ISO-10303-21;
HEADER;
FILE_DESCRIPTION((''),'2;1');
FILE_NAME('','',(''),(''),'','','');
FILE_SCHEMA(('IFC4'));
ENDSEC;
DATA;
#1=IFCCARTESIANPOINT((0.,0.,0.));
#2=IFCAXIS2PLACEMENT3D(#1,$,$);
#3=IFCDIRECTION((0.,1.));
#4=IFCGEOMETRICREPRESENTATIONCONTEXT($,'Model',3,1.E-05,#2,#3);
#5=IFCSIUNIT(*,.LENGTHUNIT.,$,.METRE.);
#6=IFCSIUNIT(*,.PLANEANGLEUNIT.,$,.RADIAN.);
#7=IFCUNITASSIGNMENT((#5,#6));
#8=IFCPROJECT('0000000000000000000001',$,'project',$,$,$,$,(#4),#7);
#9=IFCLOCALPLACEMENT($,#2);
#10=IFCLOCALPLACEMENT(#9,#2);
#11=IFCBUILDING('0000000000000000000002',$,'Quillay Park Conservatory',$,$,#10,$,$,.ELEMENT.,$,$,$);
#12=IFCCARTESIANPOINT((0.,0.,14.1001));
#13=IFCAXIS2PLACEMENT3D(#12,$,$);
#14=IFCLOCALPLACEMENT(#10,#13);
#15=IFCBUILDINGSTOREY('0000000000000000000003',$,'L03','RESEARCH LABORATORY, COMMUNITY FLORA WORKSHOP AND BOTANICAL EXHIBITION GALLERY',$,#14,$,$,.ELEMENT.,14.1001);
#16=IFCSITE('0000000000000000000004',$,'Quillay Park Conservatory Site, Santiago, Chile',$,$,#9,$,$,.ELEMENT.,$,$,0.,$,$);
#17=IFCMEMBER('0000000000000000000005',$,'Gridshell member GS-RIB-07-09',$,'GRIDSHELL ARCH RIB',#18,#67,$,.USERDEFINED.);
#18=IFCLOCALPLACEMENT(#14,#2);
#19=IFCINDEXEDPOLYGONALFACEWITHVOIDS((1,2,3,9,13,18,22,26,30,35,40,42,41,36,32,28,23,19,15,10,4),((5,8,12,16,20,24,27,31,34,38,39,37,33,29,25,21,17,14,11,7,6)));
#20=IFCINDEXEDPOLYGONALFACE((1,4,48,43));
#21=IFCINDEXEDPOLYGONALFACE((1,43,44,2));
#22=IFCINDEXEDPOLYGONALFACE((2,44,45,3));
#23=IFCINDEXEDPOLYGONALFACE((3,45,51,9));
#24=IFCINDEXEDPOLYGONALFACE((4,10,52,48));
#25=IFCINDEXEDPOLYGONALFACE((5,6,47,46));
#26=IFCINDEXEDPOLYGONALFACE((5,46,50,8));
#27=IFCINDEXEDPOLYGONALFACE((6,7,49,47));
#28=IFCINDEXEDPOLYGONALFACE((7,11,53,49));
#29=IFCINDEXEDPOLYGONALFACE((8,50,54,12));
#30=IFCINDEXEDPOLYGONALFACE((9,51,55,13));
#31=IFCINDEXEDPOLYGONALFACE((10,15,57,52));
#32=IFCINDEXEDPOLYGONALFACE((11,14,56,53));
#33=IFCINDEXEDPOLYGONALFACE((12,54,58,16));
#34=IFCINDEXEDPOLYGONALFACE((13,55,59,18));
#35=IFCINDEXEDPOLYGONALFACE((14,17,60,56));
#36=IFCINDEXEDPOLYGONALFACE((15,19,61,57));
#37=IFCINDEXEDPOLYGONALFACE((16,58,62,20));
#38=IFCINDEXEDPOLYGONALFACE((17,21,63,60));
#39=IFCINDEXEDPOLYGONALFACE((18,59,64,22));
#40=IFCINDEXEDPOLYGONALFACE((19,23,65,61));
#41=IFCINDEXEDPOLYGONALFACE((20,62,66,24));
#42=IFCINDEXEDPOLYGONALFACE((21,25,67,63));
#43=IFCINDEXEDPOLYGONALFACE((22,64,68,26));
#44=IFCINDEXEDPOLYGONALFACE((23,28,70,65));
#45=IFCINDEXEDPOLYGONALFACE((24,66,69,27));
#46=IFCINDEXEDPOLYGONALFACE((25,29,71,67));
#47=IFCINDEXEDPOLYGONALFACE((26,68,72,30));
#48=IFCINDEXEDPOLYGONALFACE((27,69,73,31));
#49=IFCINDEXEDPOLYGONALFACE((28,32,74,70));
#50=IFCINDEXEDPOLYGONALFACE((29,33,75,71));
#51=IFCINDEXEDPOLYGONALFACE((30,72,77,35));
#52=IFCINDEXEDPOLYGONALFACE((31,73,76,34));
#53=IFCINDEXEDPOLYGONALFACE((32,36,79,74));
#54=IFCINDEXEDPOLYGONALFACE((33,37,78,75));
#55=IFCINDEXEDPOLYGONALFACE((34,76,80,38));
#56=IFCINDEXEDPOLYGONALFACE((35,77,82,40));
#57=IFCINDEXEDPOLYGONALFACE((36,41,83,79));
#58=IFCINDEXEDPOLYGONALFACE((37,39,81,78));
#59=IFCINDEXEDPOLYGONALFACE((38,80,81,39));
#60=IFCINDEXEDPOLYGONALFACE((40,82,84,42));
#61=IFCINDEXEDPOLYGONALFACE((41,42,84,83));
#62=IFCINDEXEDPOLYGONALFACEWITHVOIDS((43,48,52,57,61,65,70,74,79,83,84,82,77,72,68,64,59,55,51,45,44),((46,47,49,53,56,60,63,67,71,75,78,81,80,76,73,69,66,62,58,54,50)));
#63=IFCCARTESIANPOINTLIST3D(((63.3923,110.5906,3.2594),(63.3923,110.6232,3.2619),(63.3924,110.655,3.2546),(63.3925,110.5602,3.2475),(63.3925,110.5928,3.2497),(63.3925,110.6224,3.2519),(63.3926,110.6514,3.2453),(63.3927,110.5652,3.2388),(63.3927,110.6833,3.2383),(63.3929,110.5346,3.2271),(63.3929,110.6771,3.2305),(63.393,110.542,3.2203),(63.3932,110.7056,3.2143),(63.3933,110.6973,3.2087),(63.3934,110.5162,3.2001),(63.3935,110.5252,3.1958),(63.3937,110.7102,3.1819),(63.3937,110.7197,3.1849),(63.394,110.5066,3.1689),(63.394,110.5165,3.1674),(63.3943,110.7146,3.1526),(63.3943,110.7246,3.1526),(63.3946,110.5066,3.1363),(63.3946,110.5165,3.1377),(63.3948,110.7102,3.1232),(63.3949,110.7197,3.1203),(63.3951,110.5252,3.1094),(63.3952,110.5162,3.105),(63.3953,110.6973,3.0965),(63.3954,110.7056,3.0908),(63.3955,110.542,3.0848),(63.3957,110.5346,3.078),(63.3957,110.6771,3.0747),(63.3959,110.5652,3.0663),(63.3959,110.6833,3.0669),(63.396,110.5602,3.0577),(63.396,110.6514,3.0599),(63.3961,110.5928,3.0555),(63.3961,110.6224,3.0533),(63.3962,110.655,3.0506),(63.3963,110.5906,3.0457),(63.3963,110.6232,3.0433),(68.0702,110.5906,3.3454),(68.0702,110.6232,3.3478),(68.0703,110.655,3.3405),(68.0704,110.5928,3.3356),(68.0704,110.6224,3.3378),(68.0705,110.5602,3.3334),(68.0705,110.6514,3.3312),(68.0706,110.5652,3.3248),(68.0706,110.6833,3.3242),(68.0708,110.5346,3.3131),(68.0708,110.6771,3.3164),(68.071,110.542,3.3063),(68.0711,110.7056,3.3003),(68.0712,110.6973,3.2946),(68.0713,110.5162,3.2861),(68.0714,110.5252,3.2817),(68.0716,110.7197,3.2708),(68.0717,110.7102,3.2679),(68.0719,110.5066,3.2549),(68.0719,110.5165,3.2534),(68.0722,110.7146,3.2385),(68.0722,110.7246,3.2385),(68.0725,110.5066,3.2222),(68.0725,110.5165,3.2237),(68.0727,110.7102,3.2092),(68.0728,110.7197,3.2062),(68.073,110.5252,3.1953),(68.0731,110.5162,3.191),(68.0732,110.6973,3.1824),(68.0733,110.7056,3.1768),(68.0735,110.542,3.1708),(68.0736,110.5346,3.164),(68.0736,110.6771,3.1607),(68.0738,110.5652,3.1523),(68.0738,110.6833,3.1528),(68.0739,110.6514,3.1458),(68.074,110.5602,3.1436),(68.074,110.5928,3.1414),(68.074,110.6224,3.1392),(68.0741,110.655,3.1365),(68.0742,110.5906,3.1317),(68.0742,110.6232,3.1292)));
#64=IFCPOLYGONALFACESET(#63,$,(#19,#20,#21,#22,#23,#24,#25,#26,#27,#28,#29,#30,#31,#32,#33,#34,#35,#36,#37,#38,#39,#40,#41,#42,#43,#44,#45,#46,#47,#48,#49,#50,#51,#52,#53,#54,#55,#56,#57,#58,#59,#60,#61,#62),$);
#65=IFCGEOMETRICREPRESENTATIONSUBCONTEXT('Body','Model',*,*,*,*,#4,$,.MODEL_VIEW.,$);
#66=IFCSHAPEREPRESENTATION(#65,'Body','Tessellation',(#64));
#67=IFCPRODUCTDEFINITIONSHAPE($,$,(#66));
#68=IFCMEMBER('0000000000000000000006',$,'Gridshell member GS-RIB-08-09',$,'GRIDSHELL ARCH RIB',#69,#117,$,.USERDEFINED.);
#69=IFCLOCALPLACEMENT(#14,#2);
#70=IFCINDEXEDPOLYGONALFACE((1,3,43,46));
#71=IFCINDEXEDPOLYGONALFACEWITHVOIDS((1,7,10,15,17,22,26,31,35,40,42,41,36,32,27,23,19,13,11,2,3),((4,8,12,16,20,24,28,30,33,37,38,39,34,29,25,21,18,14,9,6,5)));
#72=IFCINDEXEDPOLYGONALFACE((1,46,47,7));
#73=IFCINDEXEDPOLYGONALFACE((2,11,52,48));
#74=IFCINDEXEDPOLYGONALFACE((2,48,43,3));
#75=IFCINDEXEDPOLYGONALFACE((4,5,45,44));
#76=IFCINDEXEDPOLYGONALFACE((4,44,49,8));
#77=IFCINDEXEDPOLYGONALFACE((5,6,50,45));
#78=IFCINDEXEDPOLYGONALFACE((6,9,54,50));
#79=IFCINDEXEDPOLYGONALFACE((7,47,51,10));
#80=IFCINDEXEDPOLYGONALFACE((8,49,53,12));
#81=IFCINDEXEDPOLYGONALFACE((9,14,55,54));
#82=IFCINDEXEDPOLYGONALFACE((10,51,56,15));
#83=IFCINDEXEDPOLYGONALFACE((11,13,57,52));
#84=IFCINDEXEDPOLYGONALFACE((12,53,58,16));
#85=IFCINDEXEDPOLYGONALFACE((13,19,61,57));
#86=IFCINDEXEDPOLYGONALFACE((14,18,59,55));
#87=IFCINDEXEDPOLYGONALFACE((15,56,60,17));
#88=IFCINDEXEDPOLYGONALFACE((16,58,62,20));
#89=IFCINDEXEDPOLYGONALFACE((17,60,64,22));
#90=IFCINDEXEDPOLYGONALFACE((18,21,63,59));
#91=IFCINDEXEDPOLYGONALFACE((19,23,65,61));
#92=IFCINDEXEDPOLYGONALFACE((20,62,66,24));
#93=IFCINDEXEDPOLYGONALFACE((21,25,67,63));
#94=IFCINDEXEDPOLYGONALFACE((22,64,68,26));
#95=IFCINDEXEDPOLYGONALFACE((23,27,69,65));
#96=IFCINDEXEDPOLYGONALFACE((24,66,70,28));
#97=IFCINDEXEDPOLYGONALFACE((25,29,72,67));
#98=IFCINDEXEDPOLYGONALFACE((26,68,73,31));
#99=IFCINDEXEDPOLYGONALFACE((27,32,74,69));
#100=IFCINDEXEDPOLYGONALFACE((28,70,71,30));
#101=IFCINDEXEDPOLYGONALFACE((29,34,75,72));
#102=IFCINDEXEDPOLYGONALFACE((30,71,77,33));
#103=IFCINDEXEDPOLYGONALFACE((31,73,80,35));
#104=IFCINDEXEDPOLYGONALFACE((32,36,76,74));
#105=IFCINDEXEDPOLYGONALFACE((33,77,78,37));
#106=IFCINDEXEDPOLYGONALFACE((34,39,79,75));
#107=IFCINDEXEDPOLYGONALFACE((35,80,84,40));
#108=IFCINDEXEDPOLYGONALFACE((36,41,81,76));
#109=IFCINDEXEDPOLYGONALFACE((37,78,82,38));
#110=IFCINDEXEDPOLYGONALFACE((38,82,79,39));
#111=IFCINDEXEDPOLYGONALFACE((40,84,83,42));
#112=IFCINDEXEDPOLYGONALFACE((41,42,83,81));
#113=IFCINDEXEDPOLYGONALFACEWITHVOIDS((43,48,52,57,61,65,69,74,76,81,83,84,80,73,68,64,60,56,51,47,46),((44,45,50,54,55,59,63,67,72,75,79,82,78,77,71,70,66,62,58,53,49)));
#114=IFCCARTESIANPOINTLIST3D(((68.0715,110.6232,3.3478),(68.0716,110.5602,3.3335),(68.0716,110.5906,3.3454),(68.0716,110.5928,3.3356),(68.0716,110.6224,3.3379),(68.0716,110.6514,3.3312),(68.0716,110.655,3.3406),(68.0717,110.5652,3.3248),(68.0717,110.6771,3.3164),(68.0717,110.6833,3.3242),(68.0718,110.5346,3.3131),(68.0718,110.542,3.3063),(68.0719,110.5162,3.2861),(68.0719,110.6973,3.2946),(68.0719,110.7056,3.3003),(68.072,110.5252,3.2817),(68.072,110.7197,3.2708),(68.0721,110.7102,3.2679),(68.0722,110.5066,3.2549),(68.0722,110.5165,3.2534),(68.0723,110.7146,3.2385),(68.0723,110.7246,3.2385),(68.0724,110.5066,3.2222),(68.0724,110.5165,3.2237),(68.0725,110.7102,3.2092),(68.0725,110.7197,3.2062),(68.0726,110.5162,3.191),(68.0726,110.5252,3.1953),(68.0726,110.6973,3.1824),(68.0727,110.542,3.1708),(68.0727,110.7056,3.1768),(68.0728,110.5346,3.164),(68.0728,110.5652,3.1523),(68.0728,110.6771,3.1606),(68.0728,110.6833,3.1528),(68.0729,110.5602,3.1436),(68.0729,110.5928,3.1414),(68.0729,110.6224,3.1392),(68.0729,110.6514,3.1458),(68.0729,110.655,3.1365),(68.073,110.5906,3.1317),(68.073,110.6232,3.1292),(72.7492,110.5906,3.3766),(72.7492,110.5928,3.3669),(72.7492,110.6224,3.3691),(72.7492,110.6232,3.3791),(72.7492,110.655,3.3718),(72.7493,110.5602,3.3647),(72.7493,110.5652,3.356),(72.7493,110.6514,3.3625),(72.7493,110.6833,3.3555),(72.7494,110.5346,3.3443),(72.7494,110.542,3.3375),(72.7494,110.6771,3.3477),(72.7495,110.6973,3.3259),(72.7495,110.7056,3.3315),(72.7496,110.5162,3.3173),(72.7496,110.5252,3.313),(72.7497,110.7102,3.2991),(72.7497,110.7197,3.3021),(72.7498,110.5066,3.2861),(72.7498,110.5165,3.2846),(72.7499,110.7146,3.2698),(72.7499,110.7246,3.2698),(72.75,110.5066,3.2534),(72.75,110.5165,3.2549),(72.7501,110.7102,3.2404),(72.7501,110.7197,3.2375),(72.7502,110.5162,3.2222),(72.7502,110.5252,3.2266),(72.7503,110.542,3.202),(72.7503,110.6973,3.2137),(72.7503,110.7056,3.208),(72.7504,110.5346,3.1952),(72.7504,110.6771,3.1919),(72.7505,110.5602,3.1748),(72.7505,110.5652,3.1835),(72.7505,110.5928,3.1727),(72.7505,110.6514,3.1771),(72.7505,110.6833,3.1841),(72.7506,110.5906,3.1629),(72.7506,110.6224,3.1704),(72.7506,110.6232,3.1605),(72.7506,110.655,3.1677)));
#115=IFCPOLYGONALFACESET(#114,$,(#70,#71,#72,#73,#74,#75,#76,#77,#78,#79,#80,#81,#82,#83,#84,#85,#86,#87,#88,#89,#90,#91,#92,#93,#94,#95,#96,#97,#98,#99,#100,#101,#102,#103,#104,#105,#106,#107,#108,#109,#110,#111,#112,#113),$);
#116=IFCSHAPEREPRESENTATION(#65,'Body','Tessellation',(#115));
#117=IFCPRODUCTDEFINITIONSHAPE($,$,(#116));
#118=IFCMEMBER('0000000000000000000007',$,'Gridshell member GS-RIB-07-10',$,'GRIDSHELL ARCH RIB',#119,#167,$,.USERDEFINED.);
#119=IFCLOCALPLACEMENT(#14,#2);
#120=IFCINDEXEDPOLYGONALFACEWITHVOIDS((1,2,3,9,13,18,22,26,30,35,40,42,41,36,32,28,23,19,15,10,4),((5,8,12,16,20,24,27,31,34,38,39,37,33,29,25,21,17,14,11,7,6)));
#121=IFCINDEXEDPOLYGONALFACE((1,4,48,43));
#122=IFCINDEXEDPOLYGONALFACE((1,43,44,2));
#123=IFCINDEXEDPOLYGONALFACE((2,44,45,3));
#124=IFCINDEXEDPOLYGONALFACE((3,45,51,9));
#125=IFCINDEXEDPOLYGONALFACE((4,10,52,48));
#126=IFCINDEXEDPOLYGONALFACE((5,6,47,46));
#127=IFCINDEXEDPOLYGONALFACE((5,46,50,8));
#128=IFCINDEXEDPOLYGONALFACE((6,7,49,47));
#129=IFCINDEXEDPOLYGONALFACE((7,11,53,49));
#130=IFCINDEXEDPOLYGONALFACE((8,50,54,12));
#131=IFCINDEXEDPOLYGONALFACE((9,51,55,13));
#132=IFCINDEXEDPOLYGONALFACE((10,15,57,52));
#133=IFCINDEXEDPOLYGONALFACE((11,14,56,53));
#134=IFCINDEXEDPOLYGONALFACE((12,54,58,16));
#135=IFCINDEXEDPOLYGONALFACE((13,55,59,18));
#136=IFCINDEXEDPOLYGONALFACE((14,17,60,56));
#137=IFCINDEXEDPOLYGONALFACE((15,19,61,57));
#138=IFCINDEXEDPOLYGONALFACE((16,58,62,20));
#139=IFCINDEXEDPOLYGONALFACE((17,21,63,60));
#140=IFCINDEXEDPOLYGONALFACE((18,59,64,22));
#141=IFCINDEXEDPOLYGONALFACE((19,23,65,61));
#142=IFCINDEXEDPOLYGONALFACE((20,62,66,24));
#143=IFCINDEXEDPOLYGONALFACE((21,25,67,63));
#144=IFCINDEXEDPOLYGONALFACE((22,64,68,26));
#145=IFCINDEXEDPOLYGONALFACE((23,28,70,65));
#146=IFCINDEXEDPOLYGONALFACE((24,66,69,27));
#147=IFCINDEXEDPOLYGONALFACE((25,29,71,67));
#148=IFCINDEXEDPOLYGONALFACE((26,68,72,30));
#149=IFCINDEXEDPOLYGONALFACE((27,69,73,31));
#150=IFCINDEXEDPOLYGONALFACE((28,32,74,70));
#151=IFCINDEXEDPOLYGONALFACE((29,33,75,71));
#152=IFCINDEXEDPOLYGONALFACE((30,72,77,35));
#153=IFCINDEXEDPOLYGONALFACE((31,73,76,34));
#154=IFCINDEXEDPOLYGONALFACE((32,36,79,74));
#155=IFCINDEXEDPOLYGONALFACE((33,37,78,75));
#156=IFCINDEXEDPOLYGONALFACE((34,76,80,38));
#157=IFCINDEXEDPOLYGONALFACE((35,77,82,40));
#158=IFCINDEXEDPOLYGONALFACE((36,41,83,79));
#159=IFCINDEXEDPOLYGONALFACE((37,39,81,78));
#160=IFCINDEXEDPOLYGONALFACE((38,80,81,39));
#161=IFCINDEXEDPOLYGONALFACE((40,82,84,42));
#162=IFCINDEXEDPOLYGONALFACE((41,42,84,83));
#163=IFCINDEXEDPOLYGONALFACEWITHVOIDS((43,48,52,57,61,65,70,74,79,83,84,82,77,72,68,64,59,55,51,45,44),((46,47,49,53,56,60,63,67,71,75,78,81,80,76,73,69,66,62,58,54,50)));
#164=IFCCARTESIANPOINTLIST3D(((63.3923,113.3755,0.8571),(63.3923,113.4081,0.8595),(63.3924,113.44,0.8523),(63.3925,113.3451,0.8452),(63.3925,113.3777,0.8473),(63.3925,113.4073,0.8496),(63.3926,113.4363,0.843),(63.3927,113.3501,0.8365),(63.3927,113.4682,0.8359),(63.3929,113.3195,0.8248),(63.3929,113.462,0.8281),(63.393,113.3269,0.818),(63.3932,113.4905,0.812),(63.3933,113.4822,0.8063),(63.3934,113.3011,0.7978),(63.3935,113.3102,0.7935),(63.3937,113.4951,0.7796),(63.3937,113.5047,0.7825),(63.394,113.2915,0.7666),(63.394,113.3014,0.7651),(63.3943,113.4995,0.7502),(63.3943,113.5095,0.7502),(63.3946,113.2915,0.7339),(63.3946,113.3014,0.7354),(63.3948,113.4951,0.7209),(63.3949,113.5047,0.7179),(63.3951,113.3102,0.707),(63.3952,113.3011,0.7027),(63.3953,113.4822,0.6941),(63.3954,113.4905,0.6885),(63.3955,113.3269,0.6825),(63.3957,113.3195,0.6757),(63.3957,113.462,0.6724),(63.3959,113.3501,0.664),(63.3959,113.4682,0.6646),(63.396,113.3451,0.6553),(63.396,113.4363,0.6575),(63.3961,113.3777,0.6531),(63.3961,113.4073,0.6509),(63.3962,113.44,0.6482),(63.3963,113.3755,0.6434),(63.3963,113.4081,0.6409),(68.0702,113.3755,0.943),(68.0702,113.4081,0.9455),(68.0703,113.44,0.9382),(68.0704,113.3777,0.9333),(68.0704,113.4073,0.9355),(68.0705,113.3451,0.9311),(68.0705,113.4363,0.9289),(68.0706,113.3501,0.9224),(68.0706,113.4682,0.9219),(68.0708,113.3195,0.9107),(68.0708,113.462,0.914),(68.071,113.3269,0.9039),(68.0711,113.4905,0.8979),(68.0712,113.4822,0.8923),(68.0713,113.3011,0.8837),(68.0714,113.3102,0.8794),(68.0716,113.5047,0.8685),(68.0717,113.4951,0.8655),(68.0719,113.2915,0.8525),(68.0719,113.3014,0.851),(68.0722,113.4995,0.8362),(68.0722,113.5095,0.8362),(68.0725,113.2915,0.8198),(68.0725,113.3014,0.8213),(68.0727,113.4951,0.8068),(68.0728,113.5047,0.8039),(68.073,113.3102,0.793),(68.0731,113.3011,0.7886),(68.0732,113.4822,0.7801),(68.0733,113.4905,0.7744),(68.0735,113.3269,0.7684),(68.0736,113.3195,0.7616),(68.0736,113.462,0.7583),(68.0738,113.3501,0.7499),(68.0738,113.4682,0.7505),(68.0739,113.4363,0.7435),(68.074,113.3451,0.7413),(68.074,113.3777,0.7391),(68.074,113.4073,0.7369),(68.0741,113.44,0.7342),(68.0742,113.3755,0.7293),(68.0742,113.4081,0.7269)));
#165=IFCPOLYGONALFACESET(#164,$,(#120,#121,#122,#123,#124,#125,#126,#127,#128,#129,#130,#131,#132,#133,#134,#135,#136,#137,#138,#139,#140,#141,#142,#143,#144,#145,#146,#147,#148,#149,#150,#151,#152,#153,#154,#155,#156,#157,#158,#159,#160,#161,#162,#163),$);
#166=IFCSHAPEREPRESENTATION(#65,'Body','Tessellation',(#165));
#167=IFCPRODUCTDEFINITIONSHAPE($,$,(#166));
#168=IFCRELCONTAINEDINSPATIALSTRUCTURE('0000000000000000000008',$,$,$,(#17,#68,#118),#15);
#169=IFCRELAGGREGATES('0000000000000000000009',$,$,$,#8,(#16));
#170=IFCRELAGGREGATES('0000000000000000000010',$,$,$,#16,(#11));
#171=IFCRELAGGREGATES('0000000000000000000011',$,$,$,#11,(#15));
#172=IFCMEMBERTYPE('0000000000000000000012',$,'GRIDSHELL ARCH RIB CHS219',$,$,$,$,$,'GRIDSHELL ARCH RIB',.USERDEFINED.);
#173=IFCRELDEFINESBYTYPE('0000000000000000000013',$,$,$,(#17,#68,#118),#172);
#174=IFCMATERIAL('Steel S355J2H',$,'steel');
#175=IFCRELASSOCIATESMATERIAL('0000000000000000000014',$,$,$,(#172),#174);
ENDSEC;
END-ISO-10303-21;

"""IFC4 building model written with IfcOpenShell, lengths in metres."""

from ifc_helpers import new_model, si_unit, direction, frame, origin, origin_2d, place, context, subcontext, project, spatial, hollow_circle, extrude, material, material_profile, profile_set, type_object, element, save


model = new_model("IFC4")

# Units and contexts
model_context = context("Model", 3, precision=1e-05, world=origin(), true_north=direction((0.0, 1.0)))
body_context = subcontext(model_context, "Body", "Model", "MODEL_VIEW")
ifc_project = project(units=[si_unit("LENGTHUNIT", "METRE"), si_unit("PLANEANGLEUNIT", "RADIAN")], contexts=[model_context])

# Site, building, storey
site_placement = place(None, origin())
site = spatial("IfcSite", under=ifc_project, at=site_placement, Name="Quillay Park Conservatory Site, Santiago, Chile", CompositionType="ELEMENT", RefElevation=0.0)
building_placement = place(site_placement, origin())
building = spatial("IfcBuilding", under=site, at=building_placement, Name="Quillay Park Conservatory", CompositionType="ELEMENT")
storey_placement = place(building_placement, frame((0.0, 0.0, 14.1001)))
storey = spatial("IfcBuildingStorey", under=building, at=storey_placement, Name="L03", Description="RESEARCH LABORATORY, COMMUNITY FLORA WORKSHOP AND BOTANICAL EXHIBITION GALLERY", CompositionType="ELEMENT", Elevation=14.1001)

# Members
ifc_material_1 = material(Name="Steel S355J2H", Category="steel")
ifc_material_profile_1 = material_profile(ifc_material_1, hollow_circle(Radius=0.1096, WallThickness=0.01, at=origin_2d()), Name="CHS219.1x10")
ifc_profile_set_1 = profile_set([ifc_material_profile_1], Name="Steel S355J2H")
member_type = type_object("IfcMemberType", Name="GRIDSHELL ARCH RIB CHS219", ElementType="GRIDSHELL ARCH RIB", PredefinedType="USERDEFINED", material=ifc_profile_set_1)
member_1_placement = place(storey_placement, frame((63.3943, 110.615, 3.1526), z_axis=(0.999831, 0.0, 0.018368), x_axis=(0.0, 1.0, 0.0)))
element("IfcMember", 1, at=member_1_placement, inside=storey, type_object=member_type, Name="Gridshell member GS-RIB-07-09", ObjectType="GRIDSHELL ARCH RIB", PredefinedType="USERDEFINED", context=body_context, shape_type="SweptSolid", body=[
    extrude(hollow_circle(Radius=0.1096, WallThickness=0.01, at=origin_2d()), origin(), (0.0, 0.0, 1.0), 4.6787),
])
member_2_placement = place(storey_placement, frame((68.0723, 110.615, 3.2385), z_axis=(0.999978, 0.0, 0.00668), x_axis=(0.0, 1.0, 0.0)))
element("IfcMember", 2, at=member_2_placement, inside=storey, type_object=member_type, Name="Gridshell member GS-RIB-08-09", ObjectType="GRIDSHELL ARCH RIB", PredefinedType="USERDEFINED", context=body_context, shape_type="SweptSolid", body=[
    extrude(hollow_circle(Radius=0.1096, WallThickness=0.01, at=origin_2d()), origin(), (0.0, 0.0, 1.0), 4.6777),
])
member_3_placement = place(storey_placement, frame((63.3943, 113.3999, 0.7502), z_axis=(0.999831, 0.0, 0.018368), x_axis=(0.0, 1.0, 0.0)))
element("IfcMember", 3, at=member_3_placement, inside=storey, type_object=member_type, Name="Gridshell member GS-RIB-07-10", ObjectType="GRIDSHELL ARCH RIB", PredefinedType="USERDEFINED", context=body_context, shape_type="SweptSolid", body=[
    extrude(hollow_circle(Radius=0.1096, WallThickness=0.01, at=origin_2d()), origin(), (0.0, 0.0, 1.0), 4.6787),
])

save(model, "model.ifc")
